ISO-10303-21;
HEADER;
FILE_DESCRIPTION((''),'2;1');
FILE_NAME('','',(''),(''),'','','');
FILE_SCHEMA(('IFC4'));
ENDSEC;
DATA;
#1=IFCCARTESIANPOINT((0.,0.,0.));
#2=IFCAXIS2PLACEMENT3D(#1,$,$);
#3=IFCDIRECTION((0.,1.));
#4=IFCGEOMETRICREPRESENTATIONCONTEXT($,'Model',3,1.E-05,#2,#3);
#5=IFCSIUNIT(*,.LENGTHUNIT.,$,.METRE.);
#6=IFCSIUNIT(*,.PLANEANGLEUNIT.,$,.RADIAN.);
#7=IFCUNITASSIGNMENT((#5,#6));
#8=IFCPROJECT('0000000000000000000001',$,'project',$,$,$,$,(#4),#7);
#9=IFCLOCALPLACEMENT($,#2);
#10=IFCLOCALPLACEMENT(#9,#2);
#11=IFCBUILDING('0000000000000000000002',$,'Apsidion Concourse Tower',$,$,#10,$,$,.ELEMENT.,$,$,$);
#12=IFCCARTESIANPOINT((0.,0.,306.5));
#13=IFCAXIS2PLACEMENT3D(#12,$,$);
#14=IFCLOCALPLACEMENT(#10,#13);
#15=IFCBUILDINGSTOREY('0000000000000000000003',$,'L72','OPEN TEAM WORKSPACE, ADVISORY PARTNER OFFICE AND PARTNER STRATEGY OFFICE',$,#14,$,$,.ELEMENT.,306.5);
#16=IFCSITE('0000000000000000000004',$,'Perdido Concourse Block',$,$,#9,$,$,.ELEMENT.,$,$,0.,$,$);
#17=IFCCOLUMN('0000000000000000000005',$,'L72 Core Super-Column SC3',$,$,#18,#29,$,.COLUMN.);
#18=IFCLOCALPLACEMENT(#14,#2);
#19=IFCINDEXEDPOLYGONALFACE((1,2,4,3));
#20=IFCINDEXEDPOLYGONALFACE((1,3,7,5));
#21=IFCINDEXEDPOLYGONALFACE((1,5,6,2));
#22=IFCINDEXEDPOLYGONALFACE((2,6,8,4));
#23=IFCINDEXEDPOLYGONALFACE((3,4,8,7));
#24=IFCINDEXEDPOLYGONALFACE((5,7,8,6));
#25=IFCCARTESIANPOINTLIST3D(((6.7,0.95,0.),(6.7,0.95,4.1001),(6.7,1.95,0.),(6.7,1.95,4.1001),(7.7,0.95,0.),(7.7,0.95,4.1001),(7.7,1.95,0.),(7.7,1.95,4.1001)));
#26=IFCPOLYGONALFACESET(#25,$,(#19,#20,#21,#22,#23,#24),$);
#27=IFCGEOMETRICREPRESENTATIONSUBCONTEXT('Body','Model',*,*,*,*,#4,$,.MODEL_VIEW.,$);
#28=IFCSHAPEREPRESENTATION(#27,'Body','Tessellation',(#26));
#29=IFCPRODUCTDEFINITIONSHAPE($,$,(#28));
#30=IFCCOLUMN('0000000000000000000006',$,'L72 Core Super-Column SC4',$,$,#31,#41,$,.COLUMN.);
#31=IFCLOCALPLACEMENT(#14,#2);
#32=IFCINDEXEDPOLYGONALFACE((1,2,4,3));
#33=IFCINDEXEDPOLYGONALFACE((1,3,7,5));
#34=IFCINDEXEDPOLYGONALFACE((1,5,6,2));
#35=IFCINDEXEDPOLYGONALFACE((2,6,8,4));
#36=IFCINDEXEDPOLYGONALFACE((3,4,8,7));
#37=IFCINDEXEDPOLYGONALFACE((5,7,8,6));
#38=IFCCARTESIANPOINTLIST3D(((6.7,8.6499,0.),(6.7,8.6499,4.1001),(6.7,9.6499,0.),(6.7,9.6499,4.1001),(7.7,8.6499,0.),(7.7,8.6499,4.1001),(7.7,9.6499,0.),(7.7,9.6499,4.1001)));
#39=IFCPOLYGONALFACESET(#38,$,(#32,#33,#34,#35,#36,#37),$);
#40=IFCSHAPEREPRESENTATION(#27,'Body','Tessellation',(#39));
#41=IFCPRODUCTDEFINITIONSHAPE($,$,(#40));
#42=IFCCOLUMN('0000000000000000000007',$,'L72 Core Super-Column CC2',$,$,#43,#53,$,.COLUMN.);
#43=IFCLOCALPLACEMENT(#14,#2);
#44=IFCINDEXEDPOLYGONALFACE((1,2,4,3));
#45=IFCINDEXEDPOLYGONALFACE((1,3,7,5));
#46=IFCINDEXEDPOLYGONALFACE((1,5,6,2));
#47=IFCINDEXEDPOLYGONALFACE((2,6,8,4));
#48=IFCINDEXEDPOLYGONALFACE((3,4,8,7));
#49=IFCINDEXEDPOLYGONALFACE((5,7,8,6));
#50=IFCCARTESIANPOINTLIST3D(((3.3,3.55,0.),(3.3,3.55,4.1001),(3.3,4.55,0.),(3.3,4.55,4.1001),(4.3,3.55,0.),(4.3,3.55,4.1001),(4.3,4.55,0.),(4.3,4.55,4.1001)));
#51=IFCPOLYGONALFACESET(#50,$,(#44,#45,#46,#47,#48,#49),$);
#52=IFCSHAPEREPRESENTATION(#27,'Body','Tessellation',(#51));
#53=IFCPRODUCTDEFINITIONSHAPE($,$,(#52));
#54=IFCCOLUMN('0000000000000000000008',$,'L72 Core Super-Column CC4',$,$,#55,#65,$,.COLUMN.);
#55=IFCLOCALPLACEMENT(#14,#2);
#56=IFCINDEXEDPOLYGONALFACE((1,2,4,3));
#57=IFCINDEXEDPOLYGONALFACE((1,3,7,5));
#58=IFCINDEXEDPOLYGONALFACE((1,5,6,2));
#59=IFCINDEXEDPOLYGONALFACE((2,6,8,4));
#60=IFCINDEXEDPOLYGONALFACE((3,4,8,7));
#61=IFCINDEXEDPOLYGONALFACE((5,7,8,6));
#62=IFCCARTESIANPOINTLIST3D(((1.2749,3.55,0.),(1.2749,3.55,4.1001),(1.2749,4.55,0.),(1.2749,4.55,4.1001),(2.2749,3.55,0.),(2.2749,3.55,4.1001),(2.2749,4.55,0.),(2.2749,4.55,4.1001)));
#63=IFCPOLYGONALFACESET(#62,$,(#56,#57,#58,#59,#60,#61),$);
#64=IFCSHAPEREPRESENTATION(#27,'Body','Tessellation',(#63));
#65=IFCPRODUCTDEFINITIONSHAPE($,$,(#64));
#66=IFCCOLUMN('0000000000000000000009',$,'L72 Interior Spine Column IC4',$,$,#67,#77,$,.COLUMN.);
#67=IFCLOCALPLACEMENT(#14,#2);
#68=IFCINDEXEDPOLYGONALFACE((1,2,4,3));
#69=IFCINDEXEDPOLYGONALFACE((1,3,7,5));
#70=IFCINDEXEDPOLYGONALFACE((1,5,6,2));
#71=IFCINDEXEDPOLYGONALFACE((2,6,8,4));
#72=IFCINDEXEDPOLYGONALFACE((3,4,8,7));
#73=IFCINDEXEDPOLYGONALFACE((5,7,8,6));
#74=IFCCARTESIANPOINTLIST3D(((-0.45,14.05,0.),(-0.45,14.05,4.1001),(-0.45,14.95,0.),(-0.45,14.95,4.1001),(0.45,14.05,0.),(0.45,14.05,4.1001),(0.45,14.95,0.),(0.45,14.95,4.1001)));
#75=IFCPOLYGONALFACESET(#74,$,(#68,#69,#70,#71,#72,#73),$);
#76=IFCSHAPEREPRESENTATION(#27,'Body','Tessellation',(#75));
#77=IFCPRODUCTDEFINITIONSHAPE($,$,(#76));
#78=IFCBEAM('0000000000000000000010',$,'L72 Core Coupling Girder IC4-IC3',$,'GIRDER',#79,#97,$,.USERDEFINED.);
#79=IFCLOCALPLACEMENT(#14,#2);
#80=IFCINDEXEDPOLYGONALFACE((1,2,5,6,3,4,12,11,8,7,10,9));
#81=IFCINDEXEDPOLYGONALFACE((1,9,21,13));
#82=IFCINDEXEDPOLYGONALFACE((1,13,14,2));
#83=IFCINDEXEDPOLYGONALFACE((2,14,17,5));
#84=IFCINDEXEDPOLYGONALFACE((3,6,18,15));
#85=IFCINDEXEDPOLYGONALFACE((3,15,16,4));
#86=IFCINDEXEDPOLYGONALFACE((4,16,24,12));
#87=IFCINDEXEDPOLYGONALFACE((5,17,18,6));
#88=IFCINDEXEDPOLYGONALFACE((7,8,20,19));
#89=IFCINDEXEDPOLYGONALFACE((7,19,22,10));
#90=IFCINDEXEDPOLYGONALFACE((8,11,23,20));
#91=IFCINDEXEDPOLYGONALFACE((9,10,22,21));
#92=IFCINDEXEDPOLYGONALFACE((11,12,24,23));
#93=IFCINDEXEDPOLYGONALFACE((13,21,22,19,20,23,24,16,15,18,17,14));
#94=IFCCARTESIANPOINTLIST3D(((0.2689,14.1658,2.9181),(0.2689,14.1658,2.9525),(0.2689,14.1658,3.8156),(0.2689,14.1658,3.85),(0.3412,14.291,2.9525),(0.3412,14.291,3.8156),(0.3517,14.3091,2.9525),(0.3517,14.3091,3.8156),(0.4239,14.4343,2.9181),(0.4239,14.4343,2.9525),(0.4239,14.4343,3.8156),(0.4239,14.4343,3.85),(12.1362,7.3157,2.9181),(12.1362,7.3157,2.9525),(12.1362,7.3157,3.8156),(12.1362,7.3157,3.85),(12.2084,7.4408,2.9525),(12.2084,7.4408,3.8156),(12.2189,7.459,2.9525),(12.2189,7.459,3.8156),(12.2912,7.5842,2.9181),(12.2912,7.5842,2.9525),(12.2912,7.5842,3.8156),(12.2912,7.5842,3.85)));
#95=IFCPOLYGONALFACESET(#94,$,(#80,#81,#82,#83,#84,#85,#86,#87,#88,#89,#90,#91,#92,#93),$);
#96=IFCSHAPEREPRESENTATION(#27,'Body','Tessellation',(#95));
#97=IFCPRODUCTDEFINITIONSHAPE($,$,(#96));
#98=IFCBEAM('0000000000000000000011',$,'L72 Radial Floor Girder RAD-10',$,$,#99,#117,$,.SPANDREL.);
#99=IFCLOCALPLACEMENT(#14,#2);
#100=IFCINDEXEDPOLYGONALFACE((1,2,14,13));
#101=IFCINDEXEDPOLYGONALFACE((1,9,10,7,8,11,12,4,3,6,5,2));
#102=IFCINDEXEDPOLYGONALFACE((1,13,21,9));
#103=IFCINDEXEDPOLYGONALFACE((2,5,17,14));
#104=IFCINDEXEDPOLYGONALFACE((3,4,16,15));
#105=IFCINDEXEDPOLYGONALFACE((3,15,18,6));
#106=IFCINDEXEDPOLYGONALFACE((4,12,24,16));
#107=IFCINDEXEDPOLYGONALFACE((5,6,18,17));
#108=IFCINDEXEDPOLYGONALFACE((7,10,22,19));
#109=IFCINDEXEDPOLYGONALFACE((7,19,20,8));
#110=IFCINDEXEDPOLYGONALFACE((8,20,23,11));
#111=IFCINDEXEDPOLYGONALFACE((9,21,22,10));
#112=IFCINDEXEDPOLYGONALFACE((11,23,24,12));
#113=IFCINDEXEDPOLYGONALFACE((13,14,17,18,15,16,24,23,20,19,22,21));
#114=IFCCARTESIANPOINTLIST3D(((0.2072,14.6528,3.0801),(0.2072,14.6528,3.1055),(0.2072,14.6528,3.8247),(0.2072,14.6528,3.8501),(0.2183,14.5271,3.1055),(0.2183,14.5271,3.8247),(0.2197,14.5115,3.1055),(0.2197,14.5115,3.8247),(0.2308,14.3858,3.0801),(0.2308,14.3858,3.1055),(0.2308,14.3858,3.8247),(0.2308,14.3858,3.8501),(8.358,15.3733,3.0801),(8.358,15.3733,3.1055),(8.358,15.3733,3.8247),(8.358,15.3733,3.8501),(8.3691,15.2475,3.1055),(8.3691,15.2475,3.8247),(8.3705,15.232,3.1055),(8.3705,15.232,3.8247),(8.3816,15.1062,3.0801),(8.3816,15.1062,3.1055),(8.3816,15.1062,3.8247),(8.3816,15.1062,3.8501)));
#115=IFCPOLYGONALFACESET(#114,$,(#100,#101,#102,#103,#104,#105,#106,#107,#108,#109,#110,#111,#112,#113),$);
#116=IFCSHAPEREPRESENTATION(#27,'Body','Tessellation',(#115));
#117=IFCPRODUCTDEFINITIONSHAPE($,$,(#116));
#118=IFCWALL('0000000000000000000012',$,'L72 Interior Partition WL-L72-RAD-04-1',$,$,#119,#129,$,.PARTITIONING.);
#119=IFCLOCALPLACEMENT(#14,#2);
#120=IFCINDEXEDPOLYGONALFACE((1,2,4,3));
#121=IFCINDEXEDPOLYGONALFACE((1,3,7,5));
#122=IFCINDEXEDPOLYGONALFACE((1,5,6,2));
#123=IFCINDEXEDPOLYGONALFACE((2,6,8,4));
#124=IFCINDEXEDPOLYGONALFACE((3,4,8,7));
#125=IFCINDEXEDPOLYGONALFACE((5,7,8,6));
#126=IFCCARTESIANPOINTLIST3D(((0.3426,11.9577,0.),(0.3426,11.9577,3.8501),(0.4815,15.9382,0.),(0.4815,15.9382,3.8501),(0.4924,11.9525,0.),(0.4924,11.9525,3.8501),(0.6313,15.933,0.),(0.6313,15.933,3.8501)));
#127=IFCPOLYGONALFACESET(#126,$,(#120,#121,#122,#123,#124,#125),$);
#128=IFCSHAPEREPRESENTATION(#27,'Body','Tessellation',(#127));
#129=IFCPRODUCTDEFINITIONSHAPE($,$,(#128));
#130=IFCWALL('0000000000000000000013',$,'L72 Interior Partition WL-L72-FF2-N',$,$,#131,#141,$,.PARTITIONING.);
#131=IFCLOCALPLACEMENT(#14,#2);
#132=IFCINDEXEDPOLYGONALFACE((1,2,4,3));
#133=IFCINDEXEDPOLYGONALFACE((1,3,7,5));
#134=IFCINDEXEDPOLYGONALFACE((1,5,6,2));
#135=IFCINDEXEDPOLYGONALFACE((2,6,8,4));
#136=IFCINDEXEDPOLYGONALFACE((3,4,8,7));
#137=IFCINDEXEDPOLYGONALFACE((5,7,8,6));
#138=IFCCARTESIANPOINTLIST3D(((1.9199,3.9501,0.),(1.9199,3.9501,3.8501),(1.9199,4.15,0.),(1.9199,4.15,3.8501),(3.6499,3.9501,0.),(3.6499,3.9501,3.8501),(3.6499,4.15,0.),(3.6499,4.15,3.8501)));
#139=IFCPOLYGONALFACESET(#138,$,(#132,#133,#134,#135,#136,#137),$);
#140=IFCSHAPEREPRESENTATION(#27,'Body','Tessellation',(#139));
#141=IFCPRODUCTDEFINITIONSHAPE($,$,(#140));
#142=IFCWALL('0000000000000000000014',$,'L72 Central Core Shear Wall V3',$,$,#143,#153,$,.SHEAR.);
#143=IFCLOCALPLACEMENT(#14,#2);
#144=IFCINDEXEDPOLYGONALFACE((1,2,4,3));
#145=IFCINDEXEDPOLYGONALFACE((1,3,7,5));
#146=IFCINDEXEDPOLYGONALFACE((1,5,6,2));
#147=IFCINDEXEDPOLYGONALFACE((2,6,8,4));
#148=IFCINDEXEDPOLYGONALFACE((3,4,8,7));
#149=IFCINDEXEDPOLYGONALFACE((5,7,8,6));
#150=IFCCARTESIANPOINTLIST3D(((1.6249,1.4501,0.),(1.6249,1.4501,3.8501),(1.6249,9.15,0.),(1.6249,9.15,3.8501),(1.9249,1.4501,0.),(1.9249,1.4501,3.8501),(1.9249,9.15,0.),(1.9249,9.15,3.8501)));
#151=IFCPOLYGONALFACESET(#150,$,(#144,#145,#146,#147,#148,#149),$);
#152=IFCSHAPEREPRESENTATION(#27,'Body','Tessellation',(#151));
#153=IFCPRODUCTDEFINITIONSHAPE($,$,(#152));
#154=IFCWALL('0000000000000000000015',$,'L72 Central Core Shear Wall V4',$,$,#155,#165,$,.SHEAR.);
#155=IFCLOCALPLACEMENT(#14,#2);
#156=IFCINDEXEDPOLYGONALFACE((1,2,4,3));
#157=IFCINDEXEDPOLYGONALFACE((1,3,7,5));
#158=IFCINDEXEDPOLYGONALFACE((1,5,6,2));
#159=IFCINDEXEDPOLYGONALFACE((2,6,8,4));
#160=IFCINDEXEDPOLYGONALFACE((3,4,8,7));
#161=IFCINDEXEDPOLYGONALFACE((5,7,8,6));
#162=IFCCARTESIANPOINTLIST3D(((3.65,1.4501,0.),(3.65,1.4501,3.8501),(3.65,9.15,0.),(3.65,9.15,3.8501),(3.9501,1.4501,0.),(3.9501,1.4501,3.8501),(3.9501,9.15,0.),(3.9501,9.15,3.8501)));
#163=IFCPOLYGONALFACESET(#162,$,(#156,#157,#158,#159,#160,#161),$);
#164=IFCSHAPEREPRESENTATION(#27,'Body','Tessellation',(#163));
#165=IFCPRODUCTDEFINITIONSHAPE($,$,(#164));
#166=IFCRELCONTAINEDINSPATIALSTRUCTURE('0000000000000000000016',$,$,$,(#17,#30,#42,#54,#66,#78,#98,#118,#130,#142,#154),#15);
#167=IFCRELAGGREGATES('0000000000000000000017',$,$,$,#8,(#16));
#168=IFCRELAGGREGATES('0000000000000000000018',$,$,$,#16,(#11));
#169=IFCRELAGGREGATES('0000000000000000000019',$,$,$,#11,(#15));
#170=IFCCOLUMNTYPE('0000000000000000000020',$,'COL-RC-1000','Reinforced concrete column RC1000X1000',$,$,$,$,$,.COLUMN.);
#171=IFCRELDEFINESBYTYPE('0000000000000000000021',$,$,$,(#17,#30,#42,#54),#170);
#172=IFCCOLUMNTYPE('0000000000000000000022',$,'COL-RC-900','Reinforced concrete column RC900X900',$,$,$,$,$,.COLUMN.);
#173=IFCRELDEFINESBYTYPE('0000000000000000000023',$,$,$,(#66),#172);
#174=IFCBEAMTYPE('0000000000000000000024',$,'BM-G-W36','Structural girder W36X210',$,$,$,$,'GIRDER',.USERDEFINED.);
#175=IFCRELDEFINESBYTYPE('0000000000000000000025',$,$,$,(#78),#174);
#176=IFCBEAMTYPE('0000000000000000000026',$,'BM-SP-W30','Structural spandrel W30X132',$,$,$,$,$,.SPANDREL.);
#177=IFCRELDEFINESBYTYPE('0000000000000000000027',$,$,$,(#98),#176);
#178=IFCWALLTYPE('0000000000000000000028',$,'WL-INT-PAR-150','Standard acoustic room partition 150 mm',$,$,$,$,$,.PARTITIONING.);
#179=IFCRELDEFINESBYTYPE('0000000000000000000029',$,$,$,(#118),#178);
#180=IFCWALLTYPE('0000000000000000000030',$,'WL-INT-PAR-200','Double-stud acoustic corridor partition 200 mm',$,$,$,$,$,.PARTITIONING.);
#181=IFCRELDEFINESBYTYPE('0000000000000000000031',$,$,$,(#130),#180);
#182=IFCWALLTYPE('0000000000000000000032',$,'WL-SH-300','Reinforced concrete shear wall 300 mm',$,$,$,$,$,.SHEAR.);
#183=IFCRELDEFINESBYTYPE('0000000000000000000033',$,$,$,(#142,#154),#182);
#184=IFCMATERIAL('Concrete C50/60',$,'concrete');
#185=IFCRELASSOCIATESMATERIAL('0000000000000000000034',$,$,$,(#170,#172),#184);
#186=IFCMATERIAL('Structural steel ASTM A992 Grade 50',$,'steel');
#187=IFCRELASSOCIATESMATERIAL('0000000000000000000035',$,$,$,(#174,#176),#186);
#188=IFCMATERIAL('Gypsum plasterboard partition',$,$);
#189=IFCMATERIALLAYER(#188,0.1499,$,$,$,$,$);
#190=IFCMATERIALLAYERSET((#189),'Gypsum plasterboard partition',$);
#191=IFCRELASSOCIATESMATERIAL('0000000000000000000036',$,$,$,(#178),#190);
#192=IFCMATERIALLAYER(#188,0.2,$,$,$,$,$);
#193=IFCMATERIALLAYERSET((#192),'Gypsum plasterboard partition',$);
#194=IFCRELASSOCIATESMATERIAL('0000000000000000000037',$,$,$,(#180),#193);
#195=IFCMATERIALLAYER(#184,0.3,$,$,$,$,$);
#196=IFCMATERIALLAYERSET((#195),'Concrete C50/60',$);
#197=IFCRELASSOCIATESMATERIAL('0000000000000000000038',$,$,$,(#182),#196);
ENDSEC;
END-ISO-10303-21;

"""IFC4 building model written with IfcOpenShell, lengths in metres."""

from ifc_helpers import new_model, si_unit, direction, frame, frame_2d, origin, origin_2d, place, context, subcontext, project, spatial, rectangle, i_section, extrude, material, layer, layer_set, material_profile, profile_set, type_object, element, save


model = new_model("IFC4")

# Units and contexts
model_context = context("Model", 3, precision=1e-05, world=origin(), true_north=direction((0.0, 1.0)))
body_context = subcontext(model_context, "Body", "Model", "MODEL_VIEW")
ifc_project = project(units=[si_unit("LENGTHUNIT", "METRE"), si_unit("PLANEANGLEUNIT", "RADIAN")], contexts=[model_context])

# Site, building, storey
site_placement = place(None, origin())
site = spatial("IfcSite", under=ifc_project, at=site_placement, Name="Perdido Concourse Block", CompositionType="ELEMENT", RefElevation=0.0)
building_placement = place(site_placement, origin())
building = spatial("IfcBuilding", under=site, at=building_placement, Name="Apsidion Concourse Tower", CompositionType="ELEMENT")
storey_placement = place(building_placement, frame((0.0, 0.0, 306.5)))
storey = spatial("IfcBuildingStorey", under=building, at=storey_placement, Name="L72", Description="OPEN TEAM WORKSPACE, ADVISORY PARTNER OFFICE AND PARTNER STRATEGY OFFICE", CompositionType="ELEMENT", Elevation=306.5)

# Columns
ifc_material_1 = material(Name="Concrete C50/60", Category="concrete")
ifc_material_profile_1 = material_profile(ifc_material_1, rectangle(XDim=1.0, YDim=1.0, at=origin_2d()), Name="RC 1000x1000")
ifc_profile_set_1 = profile_set([ifc_material_profile_1], Name="Concrete C50/60")
column_type_1 = type_object("IfcColumnType", Name="COL-RC-1000", Description="Reinforced concrete column RC1000X1000", PredefinedType="COLUMN", material=ifc_profile_set_1)
for number, where, z_axis, x_axis, name in (
    (1, (7.2, 1.45, 0.0), (0.0, 0.0, 1.0), (1.0, 0.0, 0.0), "L72 Core Super-Column SC3"),
    (2, (7.2, 9.1499, 0.0), (0.0, 0.0, 1.0), (1.0, 0.0, 0.0), "L72 Core Super-Column SC4"),
    (3, (3.8, 4.05, 0.0), (0.0, 0.0, 1.0), (1.0, 0.0, 0.0), "L72 Core Super-Column CC2"),
    (4, (1.7749, 4.05, 0.0), (0.0, 0.0, 1.0), (1.0, 0.0, 0.0), "L72 Core Super-Column CC4"),
):
    element("IfcColumn", number, at=place(storey_placement, frame(where, z_axis=z_axis, x_axis=x_axis)), inside=storey, type_object=column_type_1, Name=name, PredefinedType="COLUMN", context=body_context, shape_type="SweptSolid", body=[
        extrude(rectangle(XDim=1.0, YDim=1.0, at=origin_2d()), origin(), (0.0, 0.0, 1.0), 4.1001),
    ])
ifc_material_profile_2 = material_profile(ifc_material_1, rectangle(XDim=0.8999, YDim=0.8999, at=origin_2d()), Name="RC 900x900")
ifc_profile_set_2 = profile_set([ifc_material_profile_2], Name="Concrete C50/60")
column_type_2 = type_object("IfcColumnType", Name="COL-RC-900", Description="Reinforced concrete column RC900X900", PredefinedType="COLUMN", material=ifc_profile_set_2)
column_placement = place(storey_placement, frame((0.0, 14.5, 0.0), z_axis=(0.0, 0.0, 1.0), x_axis=(1.0, 0.0, 0.0)))
element("IfcColumn", 5, at=column_placement, inside=storey, type_object=column_type_2, Name="L72 Interior Spine Column IC4", PredefinedType="COLUMN", context=body_context, shape_type="SweptSolid", body=[
    extrude(rectangle(XDim=0.8999, YDim=0.8999, at=origin_2d()), origin(), (0.0, 0.0, 1.0), 4.1001),
])

# Beams
ifc_material_2 = material(Name="Structural steel ASTM A992 Grade 50", Category="steel")
ifc_material_profile_3 = material_profile(ifc_material_2, i_section(OverallWidth=0.3101, OverallDepth=0.9319, WebThickness=0.021, FlangeThickness=0.0344, at=origin_2d()), Name="W36X210")
ifc_profile_set_3 = profile_set([ifc_material_profile_3], Name="Structural steel ASTM A992 Grade 50")
beam_type_1 = type_object("IfcBeamType", Name="BM-G-W36", Description="Structural girder W36X210", ElementType="GIRDER", PredefinedType="USERDEFINED", material=ifc_profile_set_3)
beam_1_placement = place(storey_placement, frame((0.3464, 14.3, 3.384), z_axis=(0.86607, -0.499922, 0.0), x_axis=(0.499922, 0.86607, 0.0)))
element("IfcBeam", 6, at=beam_1_placement, inside=storey, type_object=beam_type_1, Name="L72 Core Coupling Girder IC4-IC3", ObjectType="GIRDER", PredefinedType="USERDEFINED", context=body_context, shape_type="SweptSolid", body=[
    extrude(i_section(OverallWidth=0.3101, OverallDepth=0.9319, WebThickness=0.021, FlangeThickness=0.0344, at=origin_2d()), origin(), (0.0, 0.0, 1.0), 13.7024),
])
ifc_material_profile_4 = material_profile(ifc_material_2, i_section(OverallWidth=0.2681, OverallDepth=0.77, WebThickness=0.0156, FlangeThickness=0.0254, at=origin_2d()), Name="W30X132")
ifc_profile_set_4 = profile_set([ifc_material_profile_4], Name="Structural steel ASTM A992 Grade 50")
beam_type_2 = type_object("IfcBeamType", Name="BM-SP-W30", Description="Structural spandrel W30X132", PredefinedType="SPANDREL", material=ifc_profile_set_4)
beam_2_placement = place(storey_placement, frame((0.219, 14.5193, 3.4651), z_axis=(0.996116, 0.088047, 0.0), x_axis=(-0.088047, 0.996116, 0.0)))
element("IfcBeam", 7, at=beam_2_placement, inside=storey, type_object=beam_type_2, Name="L72 Radial Floor Girder RAD-10", PredefinedType="SPANDREL", context=body_context, shape_type="SweptSolid", body=[
    extrude(i_section(OverallWidth=0.2681, OverallDepth=0.77, WebThickness=0.0156, FlangeThickness=0.0254, at=origin_2d()), origin(), (0.0, 0.0, 1.0), 8.1826),
])

# Walls
ifc_material_3 = material(Name="Gypsum plasterboard partition")
ifc_layer_1 = layer(ifc_material_3, 0.1499)
ifc_layer_set_1 = layer_set([ifc_layer_1], Name="Gypsum plasterboard partition")
wall_type_1 = type_object("IfcWallType", Name="WL-INT-PAR-150", Description="Standard acoustic room partition 150 mm", PredefinedType="PARTITIONING", material=ifc_layer_set_1)
wall_1_placement = place(storey_placement, frame((0.4175, 11.9551, 0.0), z_axis=(0.0, 0.0, 1.0), x_axis=(0.034878, 0.999392, 0.0)))
element("IfcWall", 8, at=wall_1_placement, inside=storey, type_object=wall_type_1, Name="L72 Interior Partition WL-L72-RAD-04-1", PredefinedType="PARTITIONING", context=body_context, shape_type="SweptSolid", body=[
    extrude(rectangle(XDim=3.9829, YDim=0.1499, at=frame_2d((1.9915, 0.0))), origin(), (0.0, 0.0, 1.0), 3.8501),
])
ifc_layer_2 = layer(ifc_material_3, 0.2)
ifc_layer_set_2 = layer_set([ifc_layer_2], Name="Gypsum plasterboard partition")
wall_type_2 = type_object("IfcWallType", Name="WL-INT-PAR-200", Description="Double-stud acoustic corridor partition 200 mm", PredefinedType="PARTITIONING", material=ifc_layer_set_2)
wall_2_placement = place(storey_placement, frame((1.9199, 4.05, 0.0), z_axis=(0.0, 0.0, 1.0), x_axis=(1.0, 0.0, 0.0)))
element("IfcWall", 9, at=wall_2_placement, inside=storey, type_object=wall_type_2, Name="L72 Interior Partition WL-L72-FF2-N", PredefinedType="PARTITIONING", context=body_context, shape_type="SweptSolid", body=[
    extrude(rectangle(XDim=1.73, YDim=0.2, at=frame_2d((0.865, 0.0))), origin(), (0.0, 0.0, 1.0), 3.8501),
])
ifc_layer_3 = layer(ifc_material_1, 0.3)
ifc_layer_set_3 = layer_set([ifc_layer_3], Name="Concrete C50/60")
wall_type_3 = type_object("IfcWallType", Name="WL-SH-300", Description="Reinforced concrete shear wall 300 mm", PredefinedType="SHEAR", material=ifc_layer_set_3)
for number, where, z_axis, x_axis, name in (
    (10, (1.7749, 1.45, 0.0), (0.0, 0.0, 1.0), (0.0, 1.0, 0.0), "L72 Central Core Shear Wall V3"),
    (11, (3.8, 1.45, 0.0), (0.0, 0.0, 1.0), (0.0, 1.0, 0.0), "L72 Central Core Shear Wall V4"),
):
    element("IfcWall", number, at=place(storey_placement, frame(where, z_axis=z_axis, x_axis=x_axis)), inside=storey, type_object=wall_type_3, Name=name, PredefinedType="SHEAR", context=body_context, shape_type="SweptSolid", body=[
        extrude(rectangle(XDim=7.7, YDim=0.3, at=frame_2d((3.8501, 0.0))), origin(), (0.0, 0.0, 1.0), 3.8501),
    ])

save(model, "model.ifc")
